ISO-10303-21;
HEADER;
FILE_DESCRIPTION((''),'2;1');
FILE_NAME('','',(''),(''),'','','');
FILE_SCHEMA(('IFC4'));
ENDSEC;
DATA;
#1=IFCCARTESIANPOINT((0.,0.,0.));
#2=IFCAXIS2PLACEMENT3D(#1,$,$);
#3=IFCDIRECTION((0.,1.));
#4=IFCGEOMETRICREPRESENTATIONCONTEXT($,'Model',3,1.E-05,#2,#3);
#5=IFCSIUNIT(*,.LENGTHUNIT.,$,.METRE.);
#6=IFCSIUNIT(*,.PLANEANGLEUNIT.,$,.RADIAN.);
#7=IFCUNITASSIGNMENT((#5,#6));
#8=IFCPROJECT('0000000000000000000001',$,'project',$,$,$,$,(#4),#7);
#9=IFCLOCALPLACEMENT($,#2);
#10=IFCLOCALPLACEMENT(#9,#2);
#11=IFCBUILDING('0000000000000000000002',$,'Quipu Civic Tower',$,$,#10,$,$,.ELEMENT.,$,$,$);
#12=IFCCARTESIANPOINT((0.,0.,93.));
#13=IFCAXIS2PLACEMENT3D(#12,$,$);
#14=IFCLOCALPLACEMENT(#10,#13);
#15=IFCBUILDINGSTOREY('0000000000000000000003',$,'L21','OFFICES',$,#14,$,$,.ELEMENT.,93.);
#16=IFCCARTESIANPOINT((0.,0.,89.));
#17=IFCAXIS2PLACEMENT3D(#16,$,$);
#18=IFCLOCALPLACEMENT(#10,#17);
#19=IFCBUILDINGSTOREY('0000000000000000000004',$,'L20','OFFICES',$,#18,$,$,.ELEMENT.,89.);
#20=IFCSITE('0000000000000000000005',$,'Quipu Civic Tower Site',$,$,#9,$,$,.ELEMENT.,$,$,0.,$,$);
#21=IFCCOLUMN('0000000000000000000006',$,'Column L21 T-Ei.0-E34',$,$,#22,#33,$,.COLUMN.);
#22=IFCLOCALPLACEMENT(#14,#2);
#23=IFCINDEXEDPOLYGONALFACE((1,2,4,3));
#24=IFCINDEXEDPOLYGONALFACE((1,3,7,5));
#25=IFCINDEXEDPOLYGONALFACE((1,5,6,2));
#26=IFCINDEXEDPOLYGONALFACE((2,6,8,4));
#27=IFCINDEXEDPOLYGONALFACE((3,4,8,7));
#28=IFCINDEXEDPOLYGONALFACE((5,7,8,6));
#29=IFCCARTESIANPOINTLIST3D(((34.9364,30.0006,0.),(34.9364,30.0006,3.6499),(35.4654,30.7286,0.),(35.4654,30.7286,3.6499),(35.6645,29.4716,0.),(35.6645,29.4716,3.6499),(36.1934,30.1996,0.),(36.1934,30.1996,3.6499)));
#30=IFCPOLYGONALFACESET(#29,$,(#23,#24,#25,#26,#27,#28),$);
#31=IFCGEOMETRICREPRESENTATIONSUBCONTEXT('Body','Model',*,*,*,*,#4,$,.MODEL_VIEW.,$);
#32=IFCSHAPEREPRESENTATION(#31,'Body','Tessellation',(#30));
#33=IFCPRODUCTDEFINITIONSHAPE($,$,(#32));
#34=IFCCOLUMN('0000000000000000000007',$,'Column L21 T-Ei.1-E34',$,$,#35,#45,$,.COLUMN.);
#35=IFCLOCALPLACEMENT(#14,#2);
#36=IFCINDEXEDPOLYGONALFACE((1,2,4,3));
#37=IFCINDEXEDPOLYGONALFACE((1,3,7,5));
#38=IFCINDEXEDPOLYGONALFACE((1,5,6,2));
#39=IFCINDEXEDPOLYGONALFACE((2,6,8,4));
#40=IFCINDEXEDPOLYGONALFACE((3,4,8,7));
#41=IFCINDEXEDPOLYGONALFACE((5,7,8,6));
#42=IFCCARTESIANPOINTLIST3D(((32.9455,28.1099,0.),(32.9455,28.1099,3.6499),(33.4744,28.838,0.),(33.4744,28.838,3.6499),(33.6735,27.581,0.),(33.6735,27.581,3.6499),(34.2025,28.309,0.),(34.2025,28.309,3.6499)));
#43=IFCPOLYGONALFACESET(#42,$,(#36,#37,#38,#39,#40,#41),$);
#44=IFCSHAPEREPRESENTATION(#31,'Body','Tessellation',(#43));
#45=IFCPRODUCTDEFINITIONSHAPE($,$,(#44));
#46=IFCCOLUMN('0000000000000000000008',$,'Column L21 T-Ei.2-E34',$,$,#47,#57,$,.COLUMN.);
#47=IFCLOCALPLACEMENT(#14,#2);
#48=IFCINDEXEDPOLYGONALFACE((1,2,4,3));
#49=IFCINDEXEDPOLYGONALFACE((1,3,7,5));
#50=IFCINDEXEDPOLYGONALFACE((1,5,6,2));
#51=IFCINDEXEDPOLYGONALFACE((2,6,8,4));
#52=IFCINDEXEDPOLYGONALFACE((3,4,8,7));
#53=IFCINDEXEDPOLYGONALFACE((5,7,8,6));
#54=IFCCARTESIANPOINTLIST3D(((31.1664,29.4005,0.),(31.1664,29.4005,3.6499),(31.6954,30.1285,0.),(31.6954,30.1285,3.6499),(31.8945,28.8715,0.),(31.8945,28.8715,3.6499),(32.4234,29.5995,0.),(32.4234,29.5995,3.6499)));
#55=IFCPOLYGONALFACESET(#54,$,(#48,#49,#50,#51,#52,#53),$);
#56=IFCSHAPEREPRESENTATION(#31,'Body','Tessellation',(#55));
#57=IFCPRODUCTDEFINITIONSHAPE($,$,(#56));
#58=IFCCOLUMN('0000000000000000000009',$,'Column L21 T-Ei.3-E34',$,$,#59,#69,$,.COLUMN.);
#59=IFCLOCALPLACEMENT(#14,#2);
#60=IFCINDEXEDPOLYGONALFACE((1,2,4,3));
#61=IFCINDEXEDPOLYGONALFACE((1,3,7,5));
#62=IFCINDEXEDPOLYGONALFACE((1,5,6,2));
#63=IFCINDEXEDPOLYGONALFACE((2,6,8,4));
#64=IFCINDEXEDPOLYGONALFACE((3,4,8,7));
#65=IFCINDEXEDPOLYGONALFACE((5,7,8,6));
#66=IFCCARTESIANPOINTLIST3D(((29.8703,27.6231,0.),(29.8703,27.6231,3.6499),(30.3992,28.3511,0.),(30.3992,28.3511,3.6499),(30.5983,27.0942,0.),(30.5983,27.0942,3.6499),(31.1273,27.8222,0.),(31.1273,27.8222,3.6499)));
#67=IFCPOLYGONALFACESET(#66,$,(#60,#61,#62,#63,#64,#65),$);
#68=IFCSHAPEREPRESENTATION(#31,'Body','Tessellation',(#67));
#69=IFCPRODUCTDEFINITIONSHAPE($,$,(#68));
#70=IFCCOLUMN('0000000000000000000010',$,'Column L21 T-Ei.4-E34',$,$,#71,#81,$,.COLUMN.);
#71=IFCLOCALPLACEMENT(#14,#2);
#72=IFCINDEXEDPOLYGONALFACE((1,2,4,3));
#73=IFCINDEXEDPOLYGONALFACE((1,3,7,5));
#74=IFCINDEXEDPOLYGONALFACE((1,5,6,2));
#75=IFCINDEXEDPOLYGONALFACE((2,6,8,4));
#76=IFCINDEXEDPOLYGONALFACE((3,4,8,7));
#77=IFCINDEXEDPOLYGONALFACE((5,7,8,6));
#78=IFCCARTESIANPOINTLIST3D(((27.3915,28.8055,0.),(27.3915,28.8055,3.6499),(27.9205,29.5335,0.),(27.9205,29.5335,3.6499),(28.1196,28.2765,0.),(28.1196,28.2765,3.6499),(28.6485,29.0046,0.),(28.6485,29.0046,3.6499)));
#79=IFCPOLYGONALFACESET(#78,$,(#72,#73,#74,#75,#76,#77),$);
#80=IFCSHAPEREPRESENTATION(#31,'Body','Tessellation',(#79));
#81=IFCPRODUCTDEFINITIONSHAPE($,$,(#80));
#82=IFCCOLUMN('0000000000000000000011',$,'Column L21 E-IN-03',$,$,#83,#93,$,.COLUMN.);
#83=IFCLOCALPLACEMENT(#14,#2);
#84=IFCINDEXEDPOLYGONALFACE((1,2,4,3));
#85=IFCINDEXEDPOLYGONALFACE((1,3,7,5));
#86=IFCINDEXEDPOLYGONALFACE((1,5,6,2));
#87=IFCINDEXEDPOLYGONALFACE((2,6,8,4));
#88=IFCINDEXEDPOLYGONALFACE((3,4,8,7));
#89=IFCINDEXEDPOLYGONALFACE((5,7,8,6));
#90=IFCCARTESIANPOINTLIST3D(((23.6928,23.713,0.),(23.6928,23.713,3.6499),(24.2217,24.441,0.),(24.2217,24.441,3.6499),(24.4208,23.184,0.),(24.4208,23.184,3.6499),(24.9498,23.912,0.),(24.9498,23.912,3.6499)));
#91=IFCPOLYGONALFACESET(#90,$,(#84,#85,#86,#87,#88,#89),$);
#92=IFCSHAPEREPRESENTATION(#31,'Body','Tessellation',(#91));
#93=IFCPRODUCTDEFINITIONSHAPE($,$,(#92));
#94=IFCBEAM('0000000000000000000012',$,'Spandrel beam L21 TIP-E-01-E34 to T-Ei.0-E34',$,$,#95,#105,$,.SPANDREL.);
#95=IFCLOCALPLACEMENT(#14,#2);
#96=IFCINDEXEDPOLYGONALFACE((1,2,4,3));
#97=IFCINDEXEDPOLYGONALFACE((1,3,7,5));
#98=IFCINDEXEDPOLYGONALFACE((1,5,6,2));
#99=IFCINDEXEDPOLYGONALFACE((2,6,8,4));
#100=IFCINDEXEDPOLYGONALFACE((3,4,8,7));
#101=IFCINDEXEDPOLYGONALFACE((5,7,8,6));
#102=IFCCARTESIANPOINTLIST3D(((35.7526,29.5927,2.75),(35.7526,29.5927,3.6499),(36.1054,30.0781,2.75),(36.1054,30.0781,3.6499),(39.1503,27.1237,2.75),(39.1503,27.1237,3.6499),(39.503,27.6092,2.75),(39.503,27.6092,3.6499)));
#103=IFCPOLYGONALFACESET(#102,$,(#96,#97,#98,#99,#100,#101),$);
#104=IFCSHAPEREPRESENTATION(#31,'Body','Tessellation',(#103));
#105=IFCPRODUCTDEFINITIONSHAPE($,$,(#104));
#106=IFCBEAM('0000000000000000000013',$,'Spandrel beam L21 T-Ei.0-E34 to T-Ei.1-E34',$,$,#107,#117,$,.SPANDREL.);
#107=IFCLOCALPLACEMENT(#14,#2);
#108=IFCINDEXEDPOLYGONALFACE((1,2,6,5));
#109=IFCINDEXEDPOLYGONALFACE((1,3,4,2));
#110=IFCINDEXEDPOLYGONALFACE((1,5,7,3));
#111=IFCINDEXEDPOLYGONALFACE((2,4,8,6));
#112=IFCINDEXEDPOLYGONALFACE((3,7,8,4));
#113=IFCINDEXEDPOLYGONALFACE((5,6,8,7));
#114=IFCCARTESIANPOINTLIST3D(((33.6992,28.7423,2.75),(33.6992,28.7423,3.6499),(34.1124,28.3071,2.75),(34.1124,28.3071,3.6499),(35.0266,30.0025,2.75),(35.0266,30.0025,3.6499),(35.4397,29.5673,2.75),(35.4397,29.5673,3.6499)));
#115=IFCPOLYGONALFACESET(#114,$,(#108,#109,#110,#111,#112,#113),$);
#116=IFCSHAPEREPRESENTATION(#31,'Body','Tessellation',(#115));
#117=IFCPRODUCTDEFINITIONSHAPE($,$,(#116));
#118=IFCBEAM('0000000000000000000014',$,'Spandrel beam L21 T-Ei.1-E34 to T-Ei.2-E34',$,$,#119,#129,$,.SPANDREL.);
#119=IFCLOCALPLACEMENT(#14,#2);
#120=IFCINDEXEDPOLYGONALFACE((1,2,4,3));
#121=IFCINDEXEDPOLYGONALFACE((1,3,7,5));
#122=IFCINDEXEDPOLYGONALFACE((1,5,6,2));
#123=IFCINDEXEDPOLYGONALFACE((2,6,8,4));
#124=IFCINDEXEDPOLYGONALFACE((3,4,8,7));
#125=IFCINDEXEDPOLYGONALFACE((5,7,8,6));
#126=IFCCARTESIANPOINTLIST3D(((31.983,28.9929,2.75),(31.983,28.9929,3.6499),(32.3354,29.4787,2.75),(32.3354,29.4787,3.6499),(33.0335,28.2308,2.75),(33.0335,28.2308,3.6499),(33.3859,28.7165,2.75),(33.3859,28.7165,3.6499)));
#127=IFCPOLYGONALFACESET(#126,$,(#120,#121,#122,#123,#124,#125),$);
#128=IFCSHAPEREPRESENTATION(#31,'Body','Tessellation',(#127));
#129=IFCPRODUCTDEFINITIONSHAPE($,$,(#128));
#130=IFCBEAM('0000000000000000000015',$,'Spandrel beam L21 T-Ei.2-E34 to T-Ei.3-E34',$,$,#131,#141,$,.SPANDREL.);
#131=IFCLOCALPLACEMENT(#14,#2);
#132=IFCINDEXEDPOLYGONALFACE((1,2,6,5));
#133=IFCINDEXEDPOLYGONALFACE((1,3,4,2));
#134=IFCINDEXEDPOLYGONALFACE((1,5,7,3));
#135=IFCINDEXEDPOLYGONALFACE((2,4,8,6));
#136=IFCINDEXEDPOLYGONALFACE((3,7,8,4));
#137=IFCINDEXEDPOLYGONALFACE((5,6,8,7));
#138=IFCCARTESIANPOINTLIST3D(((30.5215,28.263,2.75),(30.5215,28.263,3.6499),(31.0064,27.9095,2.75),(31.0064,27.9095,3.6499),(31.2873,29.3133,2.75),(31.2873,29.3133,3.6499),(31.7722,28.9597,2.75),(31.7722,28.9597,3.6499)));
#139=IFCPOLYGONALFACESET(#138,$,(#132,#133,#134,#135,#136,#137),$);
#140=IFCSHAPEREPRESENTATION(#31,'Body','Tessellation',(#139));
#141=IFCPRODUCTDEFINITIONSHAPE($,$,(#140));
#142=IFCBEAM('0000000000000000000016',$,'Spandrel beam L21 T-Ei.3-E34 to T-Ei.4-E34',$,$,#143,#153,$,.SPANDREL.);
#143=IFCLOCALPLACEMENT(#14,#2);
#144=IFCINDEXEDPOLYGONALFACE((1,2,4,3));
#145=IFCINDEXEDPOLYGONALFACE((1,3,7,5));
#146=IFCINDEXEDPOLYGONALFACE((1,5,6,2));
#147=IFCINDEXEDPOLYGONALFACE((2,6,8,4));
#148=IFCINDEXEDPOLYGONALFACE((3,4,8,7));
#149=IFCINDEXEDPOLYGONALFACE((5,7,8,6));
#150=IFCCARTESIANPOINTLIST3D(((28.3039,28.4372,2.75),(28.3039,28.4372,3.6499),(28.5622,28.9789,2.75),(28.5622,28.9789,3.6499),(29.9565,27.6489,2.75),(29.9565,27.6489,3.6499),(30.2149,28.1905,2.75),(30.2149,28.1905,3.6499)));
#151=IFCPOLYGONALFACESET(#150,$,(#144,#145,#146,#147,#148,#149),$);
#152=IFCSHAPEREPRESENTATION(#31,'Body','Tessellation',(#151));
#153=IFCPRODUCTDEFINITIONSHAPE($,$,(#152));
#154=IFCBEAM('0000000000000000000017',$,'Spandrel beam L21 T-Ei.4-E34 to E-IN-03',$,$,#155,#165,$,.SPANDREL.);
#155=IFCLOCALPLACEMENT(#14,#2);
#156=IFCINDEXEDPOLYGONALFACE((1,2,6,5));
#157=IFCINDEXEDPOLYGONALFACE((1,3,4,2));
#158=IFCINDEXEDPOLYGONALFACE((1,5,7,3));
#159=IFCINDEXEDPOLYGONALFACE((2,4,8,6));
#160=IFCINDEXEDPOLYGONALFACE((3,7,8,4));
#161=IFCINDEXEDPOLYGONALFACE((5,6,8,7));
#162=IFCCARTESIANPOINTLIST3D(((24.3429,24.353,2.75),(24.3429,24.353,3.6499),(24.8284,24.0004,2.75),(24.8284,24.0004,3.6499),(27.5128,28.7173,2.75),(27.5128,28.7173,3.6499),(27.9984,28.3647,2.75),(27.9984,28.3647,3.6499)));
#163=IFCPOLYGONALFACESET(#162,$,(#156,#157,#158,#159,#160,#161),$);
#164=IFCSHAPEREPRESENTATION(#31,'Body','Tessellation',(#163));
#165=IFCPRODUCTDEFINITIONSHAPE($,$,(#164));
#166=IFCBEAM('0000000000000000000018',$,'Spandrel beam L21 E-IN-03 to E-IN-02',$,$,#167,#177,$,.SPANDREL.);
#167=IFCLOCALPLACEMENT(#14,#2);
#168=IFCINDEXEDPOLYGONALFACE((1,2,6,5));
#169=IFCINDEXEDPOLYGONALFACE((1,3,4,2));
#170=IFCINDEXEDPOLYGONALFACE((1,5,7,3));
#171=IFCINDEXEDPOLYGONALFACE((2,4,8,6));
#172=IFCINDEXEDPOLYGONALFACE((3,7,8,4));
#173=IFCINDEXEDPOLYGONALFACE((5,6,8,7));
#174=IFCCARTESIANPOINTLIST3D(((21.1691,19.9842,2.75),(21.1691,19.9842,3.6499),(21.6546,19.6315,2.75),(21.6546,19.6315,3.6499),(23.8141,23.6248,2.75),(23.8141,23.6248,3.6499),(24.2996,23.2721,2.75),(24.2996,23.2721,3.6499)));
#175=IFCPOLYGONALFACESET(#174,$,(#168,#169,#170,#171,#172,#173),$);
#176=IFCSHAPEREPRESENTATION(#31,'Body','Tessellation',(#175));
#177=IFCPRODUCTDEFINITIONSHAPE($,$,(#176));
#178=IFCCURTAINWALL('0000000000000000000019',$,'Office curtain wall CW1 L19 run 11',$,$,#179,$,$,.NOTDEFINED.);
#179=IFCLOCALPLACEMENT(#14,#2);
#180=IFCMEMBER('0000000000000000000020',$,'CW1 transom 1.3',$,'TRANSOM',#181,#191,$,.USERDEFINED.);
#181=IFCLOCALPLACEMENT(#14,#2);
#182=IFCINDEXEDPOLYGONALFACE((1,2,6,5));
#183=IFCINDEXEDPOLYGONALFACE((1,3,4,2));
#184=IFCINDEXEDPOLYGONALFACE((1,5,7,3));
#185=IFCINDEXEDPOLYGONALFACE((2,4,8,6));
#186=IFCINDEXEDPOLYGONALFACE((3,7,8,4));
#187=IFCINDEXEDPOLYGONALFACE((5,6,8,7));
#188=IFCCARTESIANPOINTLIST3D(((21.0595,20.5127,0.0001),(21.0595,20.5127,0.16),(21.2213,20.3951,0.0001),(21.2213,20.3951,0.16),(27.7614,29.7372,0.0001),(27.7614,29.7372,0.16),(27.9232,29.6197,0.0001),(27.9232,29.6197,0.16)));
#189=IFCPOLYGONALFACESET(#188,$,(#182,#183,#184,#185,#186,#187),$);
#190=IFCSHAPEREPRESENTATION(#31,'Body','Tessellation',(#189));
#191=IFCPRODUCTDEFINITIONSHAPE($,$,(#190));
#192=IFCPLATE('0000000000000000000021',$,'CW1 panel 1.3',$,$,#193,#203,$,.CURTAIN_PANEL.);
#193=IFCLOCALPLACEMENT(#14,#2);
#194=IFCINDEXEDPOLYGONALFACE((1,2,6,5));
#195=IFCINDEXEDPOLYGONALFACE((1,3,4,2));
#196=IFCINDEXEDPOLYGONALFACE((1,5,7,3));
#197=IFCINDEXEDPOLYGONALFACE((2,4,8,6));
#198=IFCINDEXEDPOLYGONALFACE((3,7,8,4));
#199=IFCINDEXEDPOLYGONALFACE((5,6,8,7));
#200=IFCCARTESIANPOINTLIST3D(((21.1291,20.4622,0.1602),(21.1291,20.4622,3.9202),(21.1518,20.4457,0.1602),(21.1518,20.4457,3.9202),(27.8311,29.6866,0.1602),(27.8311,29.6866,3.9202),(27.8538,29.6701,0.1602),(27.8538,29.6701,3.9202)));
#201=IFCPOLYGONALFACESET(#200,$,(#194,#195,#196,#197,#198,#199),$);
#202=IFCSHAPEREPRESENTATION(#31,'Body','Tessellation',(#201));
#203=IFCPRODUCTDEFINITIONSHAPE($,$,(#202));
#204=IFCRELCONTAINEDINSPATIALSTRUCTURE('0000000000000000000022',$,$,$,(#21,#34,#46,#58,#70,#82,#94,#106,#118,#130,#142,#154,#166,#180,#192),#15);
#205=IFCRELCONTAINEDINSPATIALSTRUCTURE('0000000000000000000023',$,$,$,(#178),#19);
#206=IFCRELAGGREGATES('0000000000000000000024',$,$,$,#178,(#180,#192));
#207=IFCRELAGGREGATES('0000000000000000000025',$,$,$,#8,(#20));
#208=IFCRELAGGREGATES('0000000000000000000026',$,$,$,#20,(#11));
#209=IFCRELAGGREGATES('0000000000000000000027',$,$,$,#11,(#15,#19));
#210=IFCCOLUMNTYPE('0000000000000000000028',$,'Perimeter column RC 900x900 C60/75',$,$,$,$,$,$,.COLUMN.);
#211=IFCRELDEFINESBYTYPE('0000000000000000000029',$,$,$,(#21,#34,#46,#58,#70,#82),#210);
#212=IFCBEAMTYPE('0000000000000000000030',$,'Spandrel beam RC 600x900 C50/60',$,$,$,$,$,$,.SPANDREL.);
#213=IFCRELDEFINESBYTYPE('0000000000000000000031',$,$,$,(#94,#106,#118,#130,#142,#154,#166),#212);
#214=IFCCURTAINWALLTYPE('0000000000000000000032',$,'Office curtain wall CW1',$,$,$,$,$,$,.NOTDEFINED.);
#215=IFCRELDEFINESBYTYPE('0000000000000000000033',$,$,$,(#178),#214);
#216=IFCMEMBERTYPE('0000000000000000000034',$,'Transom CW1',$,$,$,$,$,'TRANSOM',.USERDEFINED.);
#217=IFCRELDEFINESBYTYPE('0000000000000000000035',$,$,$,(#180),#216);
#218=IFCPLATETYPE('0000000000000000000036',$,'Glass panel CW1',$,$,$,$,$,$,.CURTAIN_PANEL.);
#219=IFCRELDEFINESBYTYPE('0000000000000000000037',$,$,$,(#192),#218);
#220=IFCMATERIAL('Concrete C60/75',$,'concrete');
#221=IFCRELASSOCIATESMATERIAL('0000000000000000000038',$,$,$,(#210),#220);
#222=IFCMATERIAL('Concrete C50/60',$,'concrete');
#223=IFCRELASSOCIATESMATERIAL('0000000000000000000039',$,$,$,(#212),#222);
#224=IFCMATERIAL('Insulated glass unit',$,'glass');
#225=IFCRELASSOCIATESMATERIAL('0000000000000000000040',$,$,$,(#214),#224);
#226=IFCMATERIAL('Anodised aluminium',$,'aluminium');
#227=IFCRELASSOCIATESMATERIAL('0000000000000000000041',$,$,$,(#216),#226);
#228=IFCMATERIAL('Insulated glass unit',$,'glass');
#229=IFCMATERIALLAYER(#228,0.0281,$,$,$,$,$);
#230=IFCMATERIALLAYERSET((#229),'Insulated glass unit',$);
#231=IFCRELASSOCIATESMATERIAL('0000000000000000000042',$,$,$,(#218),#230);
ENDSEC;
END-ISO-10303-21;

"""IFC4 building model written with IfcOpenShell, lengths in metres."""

from ifc_helpers import new_model, si_unit, direction, frame, origin, origin_2d, place, context, subcontext, project, spatial, rectangle, extrude, material, layer, layer_set, material_profile, profile_set, type_object, element, aggregate, save


model = new_model("IFC4")

# Units and contexts
model_context = context("Model", 3, precision=1e-05, world=origin(), true_north=direction((0.0, 1.0)))
body_context = subcontext(model_context, "Body", "Model", "MODEL_VIEW")
ifc_project = project(units=[si_unit("LENGTHUNIT", "METRE"), si_unit("PLANEANGLEUNIT", "RADIAN")], contexts=[model_context])

# Site, building, storey
site_placement = place(None, origin())
site = spatial("IfcSite", under=ifc_project, at=site_placement, Name="Quipu Civic Tower Site", CompositionType="ELEMENT", RefElevation=0.0)
building_placement = place(site_placement, origin())
building = spatial("IfcBuilding", under=site, at=building_placement, Name="Quipu Civic Tower", CompositionType="ELEMENT")
storey_1_placement = place(building_placement, frame((0.0, 0.0, 93.0)))
storey_1 = spatial("IfcBuildingStorey", under=building, at=storey_1_placement, Name="L21", Description="OFFICES", CompositionType="ELEMENT", Elevation=93.0)

# Columns
ifc_material_1 = material(Name="Concrete C60/75", Category="concrete")
ifc_material_profile_1 = material_profile(ifc_material_1, rectangle(XDim=0.8999, YDim=0.8999, at=origin_2d()), Name="RC900x900")
ifc_profile_set_1 = profile_set([ifc_material_profile_1], Name="Concrete C60/75")
column_type = type_object("IfcColumnType", Name="Perimeter column RC 900x900 C60/75", PredefinedType="COLUMN", material=ifc_profile_set_1)
for number, where, z_axis, x_axis, name in (
    (1, (35.5649, 30.1001, 0.0), (0.0, 0.0, 1.0), (-0.587785, -0.809017, 0.0), "Column L21 T-Ei.0-E34"),
    (2, (33.574, 28.2095, 0.0), (0.0, 0.0, 1.0), (-0.809017, 0.587785, 0.0), "Column L21 T-Ei.1-E34"),
    (3, (31.7949, 29.5, 0.0), (0.0, 0.0, 1.0), (-0.587785, -0.809017, 0.0), "Column L21 T-Ei.2-E34"),
    (4, (30.4988, 27.7227, 0.0), (0.0, 0.0, 1.0), (-0.809017, 0.587785, 0.0), "Column L21 T-Ei.3-E34"),
    (5, (28.02, 28.905, 0.0), (0.0, 0.0, 1.0), (-0.809017, 0.587785, 0.0), "Column L21 T-Ei.4-E34"),
    (6, (24.3213, 23.8125, 0.0), (0.0, 0.0, 1.0), (-0.587785, -0.809017, 0.0), "Column L21 E-IN-03"),
):
    element("IfcColumn", number, at=place(storey_1_placement, frame(where, z_axis=z_axis, x_axis=x_axis)), inside=storey_1, type_object=column_type, Name=name, PredefinedType="COLUMN", context=body_context, shape_type="SweptSolid", body=[
        extrude(rectangle(XDim=0.8999, YDim=0.8999, at=origin_2d()), origin(), (0.0, 0.0, 1.0), 3.6499),
    ])

# Beams
ifc_material_2 = material(Name="Concrete C50/60", Category="concrete")
ifc_material_profile_2 = material_profile(ifc_material_2, rectangle(XDim=0.6001, YDim=0.8999, at=origin_2d()), Name="RC600x900")
ifc_profile_set_2 = profile_set([ifc_material_profile_2], Name="Concrete C50/60")
beam_type = type_object("IfcBeamType", Name="Spandrel beam RC 600x900 C50/60", PredefinedType="SPANDREL", material=ifc_profile_set_2)
beam_1_placement = place(storey_1_placement, frame((39.3267, 27.3665, 3.2), z_axis=(-0.80897, 0.58785, 0.0), x_axis=(-0.58785, -0.80897, 0.0)))
element("IfcBeam", 7, at=beam_1_placement, inside=storey_1, type_object=beam_type, Name="Spandrel beam L21 TIP-E-01-E34 to T-Ei.0-E34", PredefinedType="SPANDREL", context=body_context, shape_type="SweptSolid", body=[
    extrude(rectangle(XDim=0.6001, YDim=0.8999, at=origin_2d()), origin(), (0.0, 0.0, 1.0), 4.2),
])
beam_2_placement = place(storey_1_placement, frame((35.2332, 29.7849, 3.2), z_axis=(-0.725209, -0.688529, 0.0), x_axis=(0.688529, -0.725209, 0.0)))
element("IfcBeam", 8, at=beam_2_placement, inside=storey_1, type_object=beam_type, Name="Spandrel beam L21 T-Ei.0-E34 to T-Ei.1-E34", PredefinedType="SPANDREL", context=body_context, shape_type="SweptSolid", body=[
    extrude(rectangle(XDim=0.6001, YDim=0.8999, at=origin_2d()), origin(), (0.0, 0.0, 1.0), 1.8303),
])
beam_3_placement = place(storey_1_placement, frame((33.2097, 28.4736, 3.2), z_axis=(-0.809403, 0.587254, 0.0), x_axis=(-0.587254, -0.809403, 0.0)))
element("IfcBeam", 9, at=beam_3_placement, inside=storey_1, type_object=beam_type, Name="Spandrel beam L21 T-Ei.1-E34 to T-Ei.2-E34", PredefinedType="SPANDREL", context=body_context, shape_type="SweptSolid", body=[
    extrude(rectangle(XDim=0.6001, YDim=0.8999, at=origin_2d()), origin(), (0.0, 0.0, 1.0), 1.2979),
])
beam_4_placement = place(storey_1_placement, frame((31.5298, 29.1365, 3.2), z_axis=(-0.589187, -0.807996, 0.0), x_axis=(0.807996, -0.589187, 0.0)))
element("IfcBeam", 10, at=beam_4_placement, inside=storey_1, type_object=beam_type, Name="Spandrel beam L21 T-Ei.2-E34 to T-Ei.3-E34", PredefinedType="SPANDREL", context=body_context, shape_type="SweptSolid", body=[
    extrude(rectangle(XDim=0.6001, YDim=0.8999, at=origin_2d()), origin(), (0.0, 0.0, 1.0), 1.2998),
])
beam_5_placement = place(storey_1_placement, frame((30.0857, 27.9197, 3.2), z_axis=(-0.902567, 0.430549, 0.0), x_axis=(-0.430549, -0.902567, 0.0)))
element("IfcBeam", 11, at=beam_5_placement, inside=storey_1, type_object=beam_type, Name="Spandrel beam L21 T-Ei.3-E34 to T-Ei.4-E34", PredefinedType="SPANDREL", context=body_context, shape_type="SweptSolid", body=[
    extrude(rectangle(XDim=0.6001, YDim=0.8999, at=origin_2d()), origin(), (0.0, 0.0, 1.0), 1.8311),
])
beam_6_placement = place(storey_1_placement, frame((27.7556, 28.541, 3.2), z_axis=(-0.587676, -0.809096, 0.0), x_axis=(0.809096, -0.587676, 0.0)))
element("IfcBeam", 12, at=beam_6_placement, inside=storey_1, type_object=beam_type, Name="Spandrel beam L21 T-Ei.4-E34 to E-IN-03", PredefinedType="SPANDREL", context=body_context, shape_type="SweptSolid", body=[
    extrude(rectangle(XDim=0.6001, YDim=0.8999, at=origin_2d()), origin(), (0.0, 0.0, 1.0), 5.394),
])
beam_7_placement = place(storey_1_placement, frame((24.0569, 23.4485, 3.2), z_axis=(-0.587778, -0.809022, 0.0), x_axis=(0.809022, -0.587778, 0.0)))
element("IfcBeam", 13, at=beam_7_placement, inside=storey_1, type_object=beam_type, Name="Spandrel beam L21 E-IN-03 to E-IN-02", PredefinedType="SPANDREL", context=body_context, shape_type="SweptSolid", body=[
    extrude(rectangle(XDim=0.6001, YDim=0.8999, at=origin_2d()), origin(), (0.0, 0.0, 1.0), 4.5),
])

# Shared definitions
storey_2_placement = place(building_placement, frame((0.0, 0.0, 89.0)))
storey_2 = spatial("IfcBuildingStorey", under=building, at=storey_2_placement, Name="L20", Description="OFFICES", CompositionType="ELEMENT", Elevation=89.0)

# Curtain wall, member, plate
ifc_material_3 = material(Name="Insulated glass unit", Category="glass")
curtain_wall_type = type_object("IfcCurtainWallType", Name="Office curtain wall CW1", PredefinedType="NOTDEFINED", material=ifc_material_3)
curtain_wall_placement = place(storey_2_placement, origin())
curtain_wall = element("IfcCurtainWall", 14, at=curtain_wall_placement, inside=storey_2, type_object=curtain_wall_type, Name="Office curtain wall CW1 L19 run 11", PredefinedType="NOTDEFINED")
ifc_material_4 = material(Name="Anodised aluminium", Category="aluminium")
ifc_material_profile_3 = material_profile(ifc_material_4, rectangle(XDim=0.2, YDim=0.1599, at=origin_2d()), Name="RECT 200x160")
ifc_profile_set_3 = profile_set([ifc_material_profile_3], Name="Anodised aluminium")
member_type = type_object("IfcMemberType", Name="Transom CW1", ElementType="TRANSOM", PredefinedType="USERDEFINED", material=ifc_profile_set_3)
member_placement = place(storey_1_placement, frame((27.8423, 29.6785, 0.0801), z_axis=(-0.587776, -0.809024, 0.0), x_axis=(0.809024, -0.587776, 0.0)))
member = element("IfcMember", 15, at=member_placement, inside=storey_1, type_object=member_type, Name="CW1 transom 1.3", ObjectType="TRANSOM", PredefinedType="USERDEFINED", context=body_context, shape_type="SweptSolid", body=[
    extrude(rectangle(XDim=0.2, YDim=0.1599, at=origin_2d()), origin(), (0.0, 0.0, 1.0), 11.4021),
])
ifc_material_5 = material(Name="Insulated glass unit", Category="glass")
ifc_layer_1 = layer(ifc_material_5, 0.0281)
ifc_layer_set_1 = layer_set([ifc_layer_1], Name="Insulated glass unit")
plate_type_1 = type_object("IfcPlateType", Name="Glass panel CW1", PredefinedType="CURTAIN_PANEL", material=ifc_layer_set_1)
plate_placement = place(storey_1_placement, frame((24.4915, 25.0662, 0.1602), z_axis=(0.0, 0.0, 1.0), x_axis=(-0.587789, -0.809014, 0.0)))
plate = element("IfcPlate", 16, at=plate_placement, inside=storey_1, type_object=plate_type_1, Name="CW1 panel 1.3", PredefinedType="CURTAIN_PANEL", context=body_context, shape_type="SweptSolid", body=[
    extrude(rectangle(XDim=11.4021, YDim=0.0281, at=origin_2d()), origin(), (0.0, 0.0, 1.0), 3.76),
])
aggregate(curtain_wall, [member, plate])

save(model, "model.ifc")
